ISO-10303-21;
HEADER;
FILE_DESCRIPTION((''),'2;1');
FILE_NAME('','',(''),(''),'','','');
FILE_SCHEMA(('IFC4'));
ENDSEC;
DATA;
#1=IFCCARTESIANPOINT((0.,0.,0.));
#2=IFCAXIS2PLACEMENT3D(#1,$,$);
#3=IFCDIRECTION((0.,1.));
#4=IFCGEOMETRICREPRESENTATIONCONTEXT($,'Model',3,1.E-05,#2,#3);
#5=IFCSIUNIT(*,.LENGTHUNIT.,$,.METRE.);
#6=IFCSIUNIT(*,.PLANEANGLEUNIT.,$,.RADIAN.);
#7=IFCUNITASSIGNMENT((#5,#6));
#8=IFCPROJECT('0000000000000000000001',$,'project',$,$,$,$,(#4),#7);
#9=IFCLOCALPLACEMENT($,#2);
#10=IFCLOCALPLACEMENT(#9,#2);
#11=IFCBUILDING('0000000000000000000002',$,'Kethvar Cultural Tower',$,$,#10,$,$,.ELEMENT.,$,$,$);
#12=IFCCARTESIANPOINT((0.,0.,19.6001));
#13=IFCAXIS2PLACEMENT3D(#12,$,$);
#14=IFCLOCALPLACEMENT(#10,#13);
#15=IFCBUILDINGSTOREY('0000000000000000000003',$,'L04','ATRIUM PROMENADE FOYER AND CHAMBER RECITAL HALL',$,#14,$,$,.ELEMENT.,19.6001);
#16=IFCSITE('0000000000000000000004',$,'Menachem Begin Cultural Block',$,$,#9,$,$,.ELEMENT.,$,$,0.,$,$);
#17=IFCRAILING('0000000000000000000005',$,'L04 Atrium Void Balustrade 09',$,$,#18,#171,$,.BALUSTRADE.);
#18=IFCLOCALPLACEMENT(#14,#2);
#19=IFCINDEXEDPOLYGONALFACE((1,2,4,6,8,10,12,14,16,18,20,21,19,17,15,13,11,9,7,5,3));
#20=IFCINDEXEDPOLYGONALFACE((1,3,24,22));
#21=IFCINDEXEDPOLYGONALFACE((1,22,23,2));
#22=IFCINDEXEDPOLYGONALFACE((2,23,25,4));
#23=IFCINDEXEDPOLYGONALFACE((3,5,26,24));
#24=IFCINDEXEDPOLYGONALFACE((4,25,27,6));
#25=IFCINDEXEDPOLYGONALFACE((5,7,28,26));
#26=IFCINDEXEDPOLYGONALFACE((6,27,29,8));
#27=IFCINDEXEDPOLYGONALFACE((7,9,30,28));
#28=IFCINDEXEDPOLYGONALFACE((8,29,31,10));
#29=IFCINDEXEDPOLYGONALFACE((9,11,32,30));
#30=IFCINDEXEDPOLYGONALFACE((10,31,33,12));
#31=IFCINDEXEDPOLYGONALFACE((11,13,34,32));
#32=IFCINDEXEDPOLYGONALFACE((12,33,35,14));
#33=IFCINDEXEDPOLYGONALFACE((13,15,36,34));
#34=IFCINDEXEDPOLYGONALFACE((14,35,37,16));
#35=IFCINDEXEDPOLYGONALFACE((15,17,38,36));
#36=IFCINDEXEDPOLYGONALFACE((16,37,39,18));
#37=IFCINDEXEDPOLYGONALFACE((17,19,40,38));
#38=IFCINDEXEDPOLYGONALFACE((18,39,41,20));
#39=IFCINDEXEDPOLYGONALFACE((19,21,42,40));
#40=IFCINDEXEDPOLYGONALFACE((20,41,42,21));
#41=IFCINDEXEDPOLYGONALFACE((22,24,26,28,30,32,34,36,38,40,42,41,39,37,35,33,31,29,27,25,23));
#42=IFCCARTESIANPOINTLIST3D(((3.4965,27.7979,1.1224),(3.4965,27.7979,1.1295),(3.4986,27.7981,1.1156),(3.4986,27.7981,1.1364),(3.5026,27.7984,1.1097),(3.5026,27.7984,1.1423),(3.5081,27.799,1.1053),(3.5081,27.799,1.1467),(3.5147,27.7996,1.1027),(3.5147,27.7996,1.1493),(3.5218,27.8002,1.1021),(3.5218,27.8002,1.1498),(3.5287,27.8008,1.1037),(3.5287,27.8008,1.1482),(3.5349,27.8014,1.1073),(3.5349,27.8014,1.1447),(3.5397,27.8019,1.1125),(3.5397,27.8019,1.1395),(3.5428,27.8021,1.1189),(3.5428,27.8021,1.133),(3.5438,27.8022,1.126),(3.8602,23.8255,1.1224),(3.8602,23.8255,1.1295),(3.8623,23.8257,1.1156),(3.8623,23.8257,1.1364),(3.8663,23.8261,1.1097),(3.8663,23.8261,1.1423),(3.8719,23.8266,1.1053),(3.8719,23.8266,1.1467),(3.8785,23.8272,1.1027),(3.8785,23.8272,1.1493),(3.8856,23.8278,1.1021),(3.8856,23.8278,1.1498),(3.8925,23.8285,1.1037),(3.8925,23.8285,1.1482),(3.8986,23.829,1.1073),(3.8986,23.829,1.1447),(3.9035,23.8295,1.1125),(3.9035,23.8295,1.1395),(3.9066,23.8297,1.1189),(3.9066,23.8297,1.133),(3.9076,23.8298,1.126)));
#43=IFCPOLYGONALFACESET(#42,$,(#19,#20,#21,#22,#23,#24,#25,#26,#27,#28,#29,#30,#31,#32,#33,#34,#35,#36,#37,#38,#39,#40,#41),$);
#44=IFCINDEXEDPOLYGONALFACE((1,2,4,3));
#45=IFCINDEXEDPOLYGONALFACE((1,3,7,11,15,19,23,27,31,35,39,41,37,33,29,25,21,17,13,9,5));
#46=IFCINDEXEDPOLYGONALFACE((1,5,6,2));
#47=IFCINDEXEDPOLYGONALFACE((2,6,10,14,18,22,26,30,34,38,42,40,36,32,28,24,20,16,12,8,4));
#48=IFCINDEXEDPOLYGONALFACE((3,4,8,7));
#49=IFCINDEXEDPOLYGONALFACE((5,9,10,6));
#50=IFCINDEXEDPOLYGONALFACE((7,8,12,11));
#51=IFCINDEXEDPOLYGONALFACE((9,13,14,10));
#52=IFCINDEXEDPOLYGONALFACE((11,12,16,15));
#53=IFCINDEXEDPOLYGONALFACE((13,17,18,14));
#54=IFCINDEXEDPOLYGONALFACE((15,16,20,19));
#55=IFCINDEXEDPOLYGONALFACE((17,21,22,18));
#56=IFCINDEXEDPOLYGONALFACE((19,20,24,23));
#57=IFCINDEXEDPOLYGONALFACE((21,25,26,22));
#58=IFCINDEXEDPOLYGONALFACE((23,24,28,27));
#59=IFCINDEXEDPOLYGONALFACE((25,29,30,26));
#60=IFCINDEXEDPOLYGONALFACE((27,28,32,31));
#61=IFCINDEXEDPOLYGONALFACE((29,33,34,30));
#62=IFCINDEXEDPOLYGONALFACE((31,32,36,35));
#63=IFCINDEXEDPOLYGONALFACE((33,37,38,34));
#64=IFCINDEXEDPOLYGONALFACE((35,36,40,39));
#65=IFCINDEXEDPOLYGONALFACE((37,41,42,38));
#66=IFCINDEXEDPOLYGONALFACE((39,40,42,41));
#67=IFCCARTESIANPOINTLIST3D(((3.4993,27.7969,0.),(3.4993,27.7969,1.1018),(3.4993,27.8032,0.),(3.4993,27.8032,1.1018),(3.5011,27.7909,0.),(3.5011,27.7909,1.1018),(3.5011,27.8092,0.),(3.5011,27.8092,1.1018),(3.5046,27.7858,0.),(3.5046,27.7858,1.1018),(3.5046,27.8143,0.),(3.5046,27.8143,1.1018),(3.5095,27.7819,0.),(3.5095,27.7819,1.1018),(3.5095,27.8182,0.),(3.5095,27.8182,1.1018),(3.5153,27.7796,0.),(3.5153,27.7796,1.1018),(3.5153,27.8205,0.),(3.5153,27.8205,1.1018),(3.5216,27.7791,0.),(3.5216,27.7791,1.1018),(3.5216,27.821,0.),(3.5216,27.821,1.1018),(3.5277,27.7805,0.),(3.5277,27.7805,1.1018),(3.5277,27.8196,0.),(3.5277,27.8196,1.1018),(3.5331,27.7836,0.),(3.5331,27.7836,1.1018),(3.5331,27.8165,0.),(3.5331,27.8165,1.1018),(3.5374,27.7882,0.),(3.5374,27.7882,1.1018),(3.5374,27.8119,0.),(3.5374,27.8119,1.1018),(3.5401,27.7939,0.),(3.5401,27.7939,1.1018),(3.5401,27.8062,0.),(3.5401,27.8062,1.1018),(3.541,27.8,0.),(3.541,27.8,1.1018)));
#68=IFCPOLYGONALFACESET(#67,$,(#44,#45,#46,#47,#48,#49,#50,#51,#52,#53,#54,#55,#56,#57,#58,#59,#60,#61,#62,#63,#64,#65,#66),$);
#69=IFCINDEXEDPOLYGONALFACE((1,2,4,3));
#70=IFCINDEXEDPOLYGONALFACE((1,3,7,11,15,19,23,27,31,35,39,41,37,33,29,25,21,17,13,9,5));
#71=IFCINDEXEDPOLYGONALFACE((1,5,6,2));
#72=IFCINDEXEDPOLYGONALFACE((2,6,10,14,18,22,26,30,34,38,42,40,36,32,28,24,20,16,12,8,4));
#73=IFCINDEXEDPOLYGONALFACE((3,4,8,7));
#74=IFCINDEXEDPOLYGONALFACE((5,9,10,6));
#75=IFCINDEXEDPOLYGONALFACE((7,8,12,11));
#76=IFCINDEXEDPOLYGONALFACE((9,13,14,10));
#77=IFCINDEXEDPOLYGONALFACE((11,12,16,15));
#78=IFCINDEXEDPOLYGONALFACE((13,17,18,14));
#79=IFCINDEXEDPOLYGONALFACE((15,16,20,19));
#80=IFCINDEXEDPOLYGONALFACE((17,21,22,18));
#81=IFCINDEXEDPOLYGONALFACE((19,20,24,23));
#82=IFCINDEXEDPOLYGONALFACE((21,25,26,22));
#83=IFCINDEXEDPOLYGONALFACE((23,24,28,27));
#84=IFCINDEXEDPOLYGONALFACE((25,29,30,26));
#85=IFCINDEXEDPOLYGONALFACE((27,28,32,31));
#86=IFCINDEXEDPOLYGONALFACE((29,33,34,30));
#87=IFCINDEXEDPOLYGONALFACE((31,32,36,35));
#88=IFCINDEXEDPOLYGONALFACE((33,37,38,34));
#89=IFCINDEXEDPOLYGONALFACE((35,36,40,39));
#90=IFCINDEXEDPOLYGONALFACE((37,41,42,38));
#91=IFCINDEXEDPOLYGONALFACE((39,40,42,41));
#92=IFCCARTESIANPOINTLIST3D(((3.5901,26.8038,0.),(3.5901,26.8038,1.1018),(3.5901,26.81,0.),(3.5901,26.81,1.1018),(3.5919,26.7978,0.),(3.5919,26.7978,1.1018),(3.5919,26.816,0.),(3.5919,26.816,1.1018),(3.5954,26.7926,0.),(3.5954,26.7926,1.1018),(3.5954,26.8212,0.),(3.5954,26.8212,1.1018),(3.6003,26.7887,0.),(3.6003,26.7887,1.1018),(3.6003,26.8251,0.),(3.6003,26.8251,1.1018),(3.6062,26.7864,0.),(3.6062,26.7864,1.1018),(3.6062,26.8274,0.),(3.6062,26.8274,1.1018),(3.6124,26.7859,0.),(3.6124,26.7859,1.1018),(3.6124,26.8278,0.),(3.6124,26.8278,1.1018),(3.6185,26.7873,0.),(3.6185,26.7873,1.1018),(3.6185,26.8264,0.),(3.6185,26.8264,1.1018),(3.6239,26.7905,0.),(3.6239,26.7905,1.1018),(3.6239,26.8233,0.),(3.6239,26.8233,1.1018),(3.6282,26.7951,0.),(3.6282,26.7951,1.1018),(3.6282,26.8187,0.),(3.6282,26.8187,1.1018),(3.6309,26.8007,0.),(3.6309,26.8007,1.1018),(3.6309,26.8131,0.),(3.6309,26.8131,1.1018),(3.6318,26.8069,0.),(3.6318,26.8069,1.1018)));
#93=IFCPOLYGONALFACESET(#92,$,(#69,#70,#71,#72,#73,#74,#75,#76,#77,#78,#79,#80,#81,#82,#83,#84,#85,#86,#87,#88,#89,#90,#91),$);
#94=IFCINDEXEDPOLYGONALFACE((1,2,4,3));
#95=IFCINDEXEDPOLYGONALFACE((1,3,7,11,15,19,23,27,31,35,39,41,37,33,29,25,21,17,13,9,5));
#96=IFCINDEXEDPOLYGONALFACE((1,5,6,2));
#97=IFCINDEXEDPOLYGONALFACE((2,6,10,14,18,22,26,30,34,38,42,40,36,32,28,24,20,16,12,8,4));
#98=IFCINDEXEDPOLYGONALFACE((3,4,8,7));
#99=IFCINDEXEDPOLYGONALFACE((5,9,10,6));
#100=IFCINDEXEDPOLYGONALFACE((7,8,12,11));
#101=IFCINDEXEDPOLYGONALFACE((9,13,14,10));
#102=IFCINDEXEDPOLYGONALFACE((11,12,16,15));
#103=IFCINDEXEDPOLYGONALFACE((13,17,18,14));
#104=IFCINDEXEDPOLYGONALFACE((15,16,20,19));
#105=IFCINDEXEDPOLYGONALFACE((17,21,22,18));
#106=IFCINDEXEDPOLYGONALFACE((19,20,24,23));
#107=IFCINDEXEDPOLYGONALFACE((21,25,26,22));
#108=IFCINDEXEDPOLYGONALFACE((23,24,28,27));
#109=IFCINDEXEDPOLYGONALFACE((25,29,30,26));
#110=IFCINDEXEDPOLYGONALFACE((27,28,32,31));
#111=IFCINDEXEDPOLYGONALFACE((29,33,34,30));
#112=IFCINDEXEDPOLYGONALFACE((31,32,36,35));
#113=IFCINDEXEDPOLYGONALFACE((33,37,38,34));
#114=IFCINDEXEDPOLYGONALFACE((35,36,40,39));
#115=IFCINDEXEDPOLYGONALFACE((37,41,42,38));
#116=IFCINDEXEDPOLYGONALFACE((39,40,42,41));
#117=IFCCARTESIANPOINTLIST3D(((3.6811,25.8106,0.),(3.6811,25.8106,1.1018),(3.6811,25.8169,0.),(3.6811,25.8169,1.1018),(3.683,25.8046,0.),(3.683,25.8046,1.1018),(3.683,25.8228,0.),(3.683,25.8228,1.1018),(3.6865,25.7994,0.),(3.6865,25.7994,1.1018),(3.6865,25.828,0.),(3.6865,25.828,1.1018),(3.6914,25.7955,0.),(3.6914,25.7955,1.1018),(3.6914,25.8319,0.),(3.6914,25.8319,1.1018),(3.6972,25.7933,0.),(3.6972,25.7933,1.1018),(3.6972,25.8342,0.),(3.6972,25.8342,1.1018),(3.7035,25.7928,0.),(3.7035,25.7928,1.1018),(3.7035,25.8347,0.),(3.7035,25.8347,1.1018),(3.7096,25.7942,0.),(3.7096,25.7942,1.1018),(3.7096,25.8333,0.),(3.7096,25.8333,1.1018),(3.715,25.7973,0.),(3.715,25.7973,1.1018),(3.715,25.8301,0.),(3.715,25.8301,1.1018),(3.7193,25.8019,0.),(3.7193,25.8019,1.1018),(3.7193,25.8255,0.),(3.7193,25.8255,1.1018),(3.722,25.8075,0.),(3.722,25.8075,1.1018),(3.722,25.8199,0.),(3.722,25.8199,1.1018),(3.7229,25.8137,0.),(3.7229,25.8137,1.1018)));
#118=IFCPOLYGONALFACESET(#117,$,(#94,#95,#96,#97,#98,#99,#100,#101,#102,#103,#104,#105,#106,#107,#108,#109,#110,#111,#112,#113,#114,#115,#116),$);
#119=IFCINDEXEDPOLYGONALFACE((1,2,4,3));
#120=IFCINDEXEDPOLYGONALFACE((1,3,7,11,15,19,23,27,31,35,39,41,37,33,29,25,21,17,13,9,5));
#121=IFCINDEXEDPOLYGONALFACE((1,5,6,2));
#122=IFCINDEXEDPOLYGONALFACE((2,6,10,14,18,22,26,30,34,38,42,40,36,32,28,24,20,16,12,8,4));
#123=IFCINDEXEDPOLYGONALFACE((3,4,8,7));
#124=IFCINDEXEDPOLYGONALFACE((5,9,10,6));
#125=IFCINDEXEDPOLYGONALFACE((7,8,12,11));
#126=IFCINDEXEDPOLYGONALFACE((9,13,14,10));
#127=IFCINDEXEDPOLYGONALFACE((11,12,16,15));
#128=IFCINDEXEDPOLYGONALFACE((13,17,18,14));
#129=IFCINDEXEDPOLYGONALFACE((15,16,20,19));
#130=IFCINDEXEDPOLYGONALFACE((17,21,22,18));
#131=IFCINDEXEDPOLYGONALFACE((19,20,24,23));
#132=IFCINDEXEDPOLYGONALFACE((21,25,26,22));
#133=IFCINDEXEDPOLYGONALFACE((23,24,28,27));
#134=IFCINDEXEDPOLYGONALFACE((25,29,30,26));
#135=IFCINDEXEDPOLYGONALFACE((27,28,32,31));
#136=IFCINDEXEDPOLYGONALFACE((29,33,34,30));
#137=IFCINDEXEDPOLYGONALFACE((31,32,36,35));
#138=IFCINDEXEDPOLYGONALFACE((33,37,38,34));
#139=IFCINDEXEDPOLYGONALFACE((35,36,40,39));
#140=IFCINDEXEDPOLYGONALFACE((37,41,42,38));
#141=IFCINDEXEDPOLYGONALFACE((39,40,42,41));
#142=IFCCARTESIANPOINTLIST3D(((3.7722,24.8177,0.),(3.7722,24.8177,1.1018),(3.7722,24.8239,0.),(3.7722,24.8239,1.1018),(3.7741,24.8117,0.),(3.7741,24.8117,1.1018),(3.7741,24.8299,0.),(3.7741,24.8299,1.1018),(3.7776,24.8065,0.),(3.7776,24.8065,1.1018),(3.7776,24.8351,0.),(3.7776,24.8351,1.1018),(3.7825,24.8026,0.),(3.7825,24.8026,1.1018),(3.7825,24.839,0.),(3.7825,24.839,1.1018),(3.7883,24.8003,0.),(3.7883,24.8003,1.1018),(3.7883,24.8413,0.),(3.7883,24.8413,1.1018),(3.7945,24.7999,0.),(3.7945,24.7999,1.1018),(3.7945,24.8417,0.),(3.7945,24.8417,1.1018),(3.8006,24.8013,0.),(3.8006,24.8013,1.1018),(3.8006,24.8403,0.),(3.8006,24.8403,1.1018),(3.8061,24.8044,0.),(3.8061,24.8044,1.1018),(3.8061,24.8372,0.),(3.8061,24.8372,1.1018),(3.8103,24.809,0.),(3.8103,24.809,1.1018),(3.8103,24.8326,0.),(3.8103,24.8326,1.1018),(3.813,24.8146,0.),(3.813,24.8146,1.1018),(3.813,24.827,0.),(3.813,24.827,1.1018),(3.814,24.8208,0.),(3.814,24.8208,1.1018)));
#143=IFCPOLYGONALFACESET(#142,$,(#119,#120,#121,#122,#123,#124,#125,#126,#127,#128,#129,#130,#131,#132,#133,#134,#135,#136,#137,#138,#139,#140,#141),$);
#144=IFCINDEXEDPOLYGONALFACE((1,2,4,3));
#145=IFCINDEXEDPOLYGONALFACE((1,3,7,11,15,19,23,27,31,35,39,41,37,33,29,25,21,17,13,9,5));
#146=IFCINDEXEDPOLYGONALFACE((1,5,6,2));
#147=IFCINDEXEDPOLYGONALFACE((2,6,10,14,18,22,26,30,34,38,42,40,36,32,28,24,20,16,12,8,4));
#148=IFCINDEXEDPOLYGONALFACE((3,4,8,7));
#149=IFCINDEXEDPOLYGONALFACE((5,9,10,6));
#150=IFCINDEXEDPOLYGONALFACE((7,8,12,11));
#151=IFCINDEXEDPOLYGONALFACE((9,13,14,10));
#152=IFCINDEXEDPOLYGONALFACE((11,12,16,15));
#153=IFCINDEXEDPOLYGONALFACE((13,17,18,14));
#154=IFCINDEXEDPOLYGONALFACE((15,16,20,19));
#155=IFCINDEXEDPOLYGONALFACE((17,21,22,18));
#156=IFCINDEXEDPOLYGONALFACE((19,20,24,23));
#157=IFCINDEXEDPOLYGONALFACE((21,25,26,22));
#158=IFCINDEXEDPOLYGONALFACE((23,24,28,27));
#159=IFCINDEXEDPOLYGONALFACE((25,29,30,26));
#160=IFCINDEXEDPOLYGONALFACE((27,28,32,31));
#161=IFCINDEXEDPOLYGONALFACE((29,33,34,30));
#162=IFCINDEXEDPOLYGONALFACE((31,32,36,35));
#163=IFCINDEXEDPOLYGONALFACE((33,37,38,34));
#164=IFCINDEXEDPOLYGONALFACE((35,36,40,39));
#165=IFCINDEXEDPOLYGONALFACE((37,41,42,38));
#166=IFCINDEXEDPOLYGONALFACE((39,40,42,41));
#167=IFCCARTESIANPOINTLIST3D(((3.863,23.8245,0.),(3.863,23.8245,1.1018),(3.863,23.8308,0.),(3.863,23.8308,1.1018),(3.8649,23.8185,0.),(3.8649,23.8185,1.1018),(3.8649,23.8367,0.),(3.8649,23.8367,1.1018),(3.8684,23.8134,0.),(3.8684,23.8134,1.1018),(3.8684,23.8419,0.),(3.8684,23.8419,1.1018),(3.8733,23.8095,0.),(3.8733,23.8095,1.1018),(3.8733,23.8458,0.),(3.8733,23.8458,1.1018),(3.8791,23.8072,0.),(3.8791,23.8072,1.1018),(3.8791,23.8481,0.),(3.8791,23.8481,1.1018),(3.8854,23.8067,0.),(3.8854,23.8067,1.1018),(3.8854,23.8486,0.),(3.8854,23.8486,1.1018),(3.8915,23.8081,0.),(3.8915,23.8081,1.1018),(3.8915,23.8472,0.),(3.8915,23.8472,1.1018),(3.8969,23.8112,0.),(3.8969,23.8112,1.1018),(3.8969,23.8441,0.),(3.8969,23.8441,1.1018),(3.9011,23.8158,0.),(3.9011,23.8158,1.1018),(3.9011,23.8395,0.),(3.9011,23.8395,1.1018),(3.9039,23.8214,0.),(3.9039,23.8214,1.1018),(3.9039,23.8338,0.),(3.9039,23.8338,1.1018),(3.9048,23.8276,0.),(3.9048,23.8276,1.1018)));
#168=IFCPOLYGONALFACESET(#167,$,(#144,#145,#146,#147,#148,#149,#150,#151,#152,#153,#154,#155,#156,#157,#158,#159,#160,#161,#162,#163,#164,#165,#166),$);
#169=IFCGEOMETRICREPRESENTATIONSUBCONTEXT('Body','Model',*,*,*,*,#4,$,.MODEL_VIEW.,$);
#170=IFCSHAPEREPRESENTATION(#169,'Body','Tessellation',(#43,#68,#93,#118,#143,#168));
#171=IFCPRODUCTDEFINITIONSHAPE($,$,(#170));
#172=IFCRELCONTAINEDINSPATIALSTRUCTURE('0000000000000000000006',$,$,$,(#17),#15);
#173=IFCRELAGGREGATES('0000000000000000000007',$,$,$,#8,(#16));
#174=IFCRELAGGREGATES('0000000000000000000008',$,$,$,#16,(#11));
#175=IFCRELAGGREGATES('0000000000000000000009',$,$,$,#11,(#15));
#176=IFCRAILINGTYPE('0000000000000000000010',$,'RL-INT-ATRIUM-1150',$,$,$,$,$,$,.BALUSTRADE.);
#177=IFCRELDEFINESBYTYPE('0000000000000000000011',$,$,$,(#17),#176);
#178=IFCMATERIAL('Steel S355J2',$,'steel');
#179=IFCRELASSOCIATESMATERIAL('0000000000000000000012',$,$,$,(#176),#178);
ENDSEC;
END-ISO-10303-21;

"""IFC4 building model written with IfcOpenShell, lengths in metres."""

from ifc_helpers import new_model, si_unit, direction, frame, origin, origin_2d, place, context, subcontext, project, spatial, circle, extrude, material, type_object, element, save


model = new_model("IFC4")

# Units and contexts
model_context = context("Model", 3, precision=1e-05, world=origin(), true_north=direction((0.0, 1.0)))
body_context = subcontext(model_context, "Body", "Model", "MODEL_VIEW")
ifc_project = project(units=[si_unit("LENGTHUNIT", "METRE"), si_unit("PLANEANGLEUNIT", "RADIAN")], contexts=[model_context])

# Site, building, storey
site_placement = place(None, origin())
site = spatial("IfcSite", under=ifc_project, at=site_placement, Name="Menachem Begin Cultural Block", CompositionType="ELEMENT", RefElevation=0.0)
building_placement = place(site_placement, origin())
building = spatial("IfcBuilding", under=site, at=building_placement, Name="Kethvar Cultural Tower", CompositionType="ELEMENT")
storey_placement = place(building_placement, frame((0.0, 0.0, 19.6001)))
storey = spatial("IfcBuildingStorey", under=building, at=storey_placement, Name="L04", Description="ATRIUM PROMENADE FOYER AND CHAMBER RECITAL HALL", CompositionType="ELEMENT", Elevation=19.6001)

# Shared definitions
ifc_material_1 = material(Name="Steel S355J2", Category="steel")

# Railing
railing_type_1 = type_object("IfcRailingType", Name="RL-INT-ATRIUM-1150", PredefinedType="BALUSTRADE", material=ifc_material_1)
railing_1_placement = place(storey_placement, frame((3.52, 27.8, 0.0)))
element("IfcRailing", 1, at=railing_1_placement, inside=storey, type_object=railing_type_1, Name="L04 Atrium Void Balustrade 09", PredefinedType="BALUSTRADE", context=body_context, shape_type="SweptSolid", body=[
    extrude(circle(Radius=0.0239, at=origin_2d()), frame((0.0, 0.0, 1.126), z_axis=(0.091192, -0.995833, 0.0), x_axis=(0.995833, 0.091192, 0.0)), (0.0, 0.0, 1.0), 3.989),
    extrude(circle(Radius=0.021, at=origin_2d()), origin(), (0.0, 0.0, 1.0), 1.1018),
    extrude(circle(Radius=0.021, at=origin_2d()), frame((0.0908, -0.9932, 0.0)), (0.0, 0.0, 1.0), 1.1018),
    extrude(circle(Radius=0.021, at=origin_2d()), frame((0.1819, -1.9863, 0.0)), (0.0, 0.0, 1.0), 1.1018),
    extrude(circle(Radius=0.021, at=origin_2d()), frame((0.2729, -2.9792, 0.0)), (0.0, 0.0, 1.0), 1.1018),
    extrude(circle(Radius=0.021, at=origin_2d()), frame((0.3638, -3.9724, 0.0)), (0.0, 0.0, 1.0), 1.1018),
])

save(model, "model.ifc")
